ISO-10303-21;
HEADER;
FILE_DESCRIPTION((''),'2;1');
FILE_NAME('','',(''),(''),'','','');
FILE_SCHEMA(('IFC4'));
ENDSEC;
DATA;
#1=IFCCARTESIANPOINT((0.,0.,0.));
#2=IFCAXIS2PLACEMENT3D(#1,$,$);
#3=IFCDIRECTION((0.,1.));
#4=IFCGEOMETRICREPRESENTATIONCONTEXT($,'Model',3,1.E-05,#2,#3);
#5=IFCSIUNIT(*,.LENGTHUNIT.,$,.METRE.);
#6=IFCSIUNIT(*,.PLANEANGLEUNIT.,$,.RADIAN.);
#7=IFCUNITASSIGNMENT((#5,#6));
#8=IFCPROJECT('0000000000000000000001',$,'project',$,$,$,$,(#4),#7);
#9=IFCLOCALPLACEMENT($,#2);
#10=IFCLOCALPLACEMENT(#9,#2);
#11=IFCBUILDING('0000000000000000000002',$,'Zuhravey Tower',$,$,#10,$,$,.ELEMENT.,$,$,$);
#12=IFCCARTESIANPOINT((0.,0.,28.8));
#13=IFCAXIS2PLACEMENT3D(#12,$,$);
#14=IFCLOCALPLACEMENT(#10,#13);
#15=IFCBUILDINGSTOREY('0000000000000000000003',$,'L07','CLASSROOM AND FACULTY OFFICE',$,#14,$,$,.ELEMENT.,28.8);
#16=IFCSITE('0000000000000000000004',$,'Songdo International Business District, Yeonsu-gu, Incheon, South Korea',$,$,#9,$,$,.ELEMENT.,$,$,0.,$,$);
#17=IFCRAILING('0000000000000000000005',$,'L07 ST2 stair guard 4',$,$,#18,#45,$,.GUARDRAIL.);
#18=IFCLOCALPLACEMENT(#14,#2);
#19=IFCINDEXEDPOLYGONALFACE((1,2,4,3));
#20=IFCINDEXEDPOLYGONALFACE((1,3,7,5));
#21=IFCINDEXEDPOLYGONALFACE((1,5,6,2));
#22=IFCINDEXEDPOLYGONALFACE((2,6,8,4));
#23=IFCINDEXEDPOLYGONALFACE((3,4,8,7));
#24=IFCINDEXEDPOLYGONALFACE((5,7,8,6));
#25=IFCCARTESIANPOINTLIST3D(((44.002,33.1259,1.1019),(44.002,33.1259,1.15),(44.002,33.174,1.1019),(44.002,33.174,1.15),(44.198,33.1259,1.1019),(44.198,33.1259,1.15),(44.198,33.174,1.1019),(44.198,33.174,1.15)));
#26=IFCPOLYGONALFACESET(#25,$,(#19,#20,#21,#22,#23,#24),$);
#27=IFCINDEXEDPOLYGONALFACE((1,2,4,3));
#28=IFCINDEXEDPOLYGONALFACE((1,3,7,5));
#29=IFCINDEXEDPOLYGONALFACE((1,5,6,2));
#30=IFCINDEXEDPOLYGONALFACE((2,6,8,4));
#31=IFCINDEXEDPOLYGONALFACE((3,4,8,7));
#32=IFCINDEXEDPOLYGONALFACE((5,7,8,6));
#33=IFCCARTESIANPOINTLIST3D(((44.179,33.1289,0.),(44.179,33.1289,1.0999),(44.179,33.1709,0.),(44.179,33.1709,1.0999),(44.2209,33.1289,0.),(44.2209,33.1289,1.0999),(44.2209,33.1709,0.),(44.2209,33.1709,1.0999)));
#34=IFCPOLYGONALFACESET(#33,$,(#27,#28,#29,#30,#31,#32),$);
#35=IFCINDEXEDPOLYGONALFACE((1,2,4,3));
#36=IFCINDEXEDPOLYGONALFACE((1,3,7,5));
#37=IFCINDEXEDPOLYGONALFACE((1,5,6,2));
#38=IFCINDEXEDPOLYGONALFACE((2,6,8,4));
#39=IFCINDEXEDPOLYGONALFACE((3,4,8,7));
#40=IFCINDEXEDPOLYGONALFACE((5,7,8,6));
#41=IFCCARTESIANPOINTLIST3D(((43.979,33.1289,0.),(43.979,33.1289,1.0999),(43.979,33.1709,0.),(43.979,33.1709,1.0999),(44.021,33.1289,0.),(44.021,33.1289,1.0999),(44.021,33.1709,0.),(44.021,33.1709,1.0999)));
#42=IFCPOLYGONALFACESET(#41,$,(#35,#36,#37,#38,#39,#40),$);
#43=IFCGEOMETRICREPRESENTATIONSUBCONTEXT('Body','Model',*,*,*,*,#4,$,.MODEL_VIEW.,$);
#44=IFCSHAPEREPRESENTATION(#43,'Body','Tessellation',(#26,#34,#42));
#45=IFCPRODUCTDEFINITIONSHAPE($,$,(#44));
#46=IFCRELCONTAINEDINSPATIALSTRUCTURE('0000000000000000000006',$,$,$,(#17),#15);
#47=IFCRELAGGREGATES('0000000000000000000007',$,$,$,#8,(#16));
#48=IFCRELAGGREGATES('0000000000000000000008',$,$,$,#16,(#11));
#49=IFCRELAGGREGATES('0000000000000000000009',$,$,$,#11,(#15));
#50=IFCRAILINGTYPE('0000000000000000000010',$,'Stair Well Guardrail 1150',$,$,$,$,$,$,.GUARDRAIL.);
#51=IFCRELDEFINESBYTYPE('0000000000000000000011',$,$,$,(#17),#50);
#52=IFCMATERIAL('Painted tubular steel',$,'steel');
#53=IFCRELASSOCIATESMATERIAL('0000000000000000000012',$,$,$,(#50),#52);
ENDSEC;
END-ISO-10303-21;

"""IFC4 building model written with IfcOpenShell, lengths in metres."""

from ifc_helpers import new_model, si_unit, direction, frame, origin, origin_2d, place, context, subcontext, project, spatial, rectangle, extrude, material, type_object, element, save


model = new_model("IFC4")

# Units and contexts
model_context = context("Model", 3, precision=1e-05, world=origin(), true_north=direction((0.0, 1.0)))
body_context = subcontext(model_context, "Body", "Model", "MODEL_VIEW")
ifc_project = project(units=[si_unit("LENGTHUNIT", "METRE"), si_unit("PLANEANGLEUNIT", "RADIAN")], contexts=[model_context])

# Site, building, storey
site_placement = place(None, origin())
site = spatial("IfcSite", under=ifc_project, at=site_placement, Name="Songdo International Business District, Yeonsu-gu, Incheon, South Korea", CompositionType="ELEMENT", RefElevation=0.0)
building_placement = place(site_placement, origin())
building = spatial("IfcBuilding", under=site, at=building_placement, Name="Zuhravey Tower", CompositionType="ELEMENT")
storey_placement = place(building_placement, frame((0.0, 0.0, 28.8)))
storey = spatial("IfcBuildingStorey", under=building, at=storey_placement, Name="L07", Description="CLASSROOM AND FACULTY OFFICE", CompositionType="ELEMENT", Elevation=28.8)

# Railing
ifc_material_1 = material(Name="Painted tubular steel", Category="steel")
railing_type = type_object("IfcRailingType", Name="Stair Well Guardrail 1150", PredefinedType="GUARDRAIL", material=ifc_material_1)
railing_1_placement = place(storey_placement, frame((44.2, 33.1499, 0.0)))
element("IfcRailing", 1, at=railing_1_placement, inside=storey, type_object=railing_type, Name="L07 ST2 stair guard 4", PredefinedType="GUARDRAIL", context=body_context, shape_type="SweptSolid", body=[
    extrude(rectangle(XDim=0.0481, YDim=0.0481, at=origin_2d()), frame((-0.002, 0.0, 1.126), z_axis=(-1.0, 0.0, 0.0), x_axis=(0.0, -1.0, 0.0)), (0.0, 0.0, 1.0), 0.196),
    extrude(rectangle(XDim=0.042, YDim=0.042, at=origin_2d()), origin(), (0.0, 0.0, 1.0), 1.0999),
    extrude(rectangle(XDim=0.042, YDim=0.042, at=origin_2d()), frame((-0.2, 0.0, 0.0)), (0.0, 0.0, 1.0), 1.0999),
])

save(model, "model.ifc")
